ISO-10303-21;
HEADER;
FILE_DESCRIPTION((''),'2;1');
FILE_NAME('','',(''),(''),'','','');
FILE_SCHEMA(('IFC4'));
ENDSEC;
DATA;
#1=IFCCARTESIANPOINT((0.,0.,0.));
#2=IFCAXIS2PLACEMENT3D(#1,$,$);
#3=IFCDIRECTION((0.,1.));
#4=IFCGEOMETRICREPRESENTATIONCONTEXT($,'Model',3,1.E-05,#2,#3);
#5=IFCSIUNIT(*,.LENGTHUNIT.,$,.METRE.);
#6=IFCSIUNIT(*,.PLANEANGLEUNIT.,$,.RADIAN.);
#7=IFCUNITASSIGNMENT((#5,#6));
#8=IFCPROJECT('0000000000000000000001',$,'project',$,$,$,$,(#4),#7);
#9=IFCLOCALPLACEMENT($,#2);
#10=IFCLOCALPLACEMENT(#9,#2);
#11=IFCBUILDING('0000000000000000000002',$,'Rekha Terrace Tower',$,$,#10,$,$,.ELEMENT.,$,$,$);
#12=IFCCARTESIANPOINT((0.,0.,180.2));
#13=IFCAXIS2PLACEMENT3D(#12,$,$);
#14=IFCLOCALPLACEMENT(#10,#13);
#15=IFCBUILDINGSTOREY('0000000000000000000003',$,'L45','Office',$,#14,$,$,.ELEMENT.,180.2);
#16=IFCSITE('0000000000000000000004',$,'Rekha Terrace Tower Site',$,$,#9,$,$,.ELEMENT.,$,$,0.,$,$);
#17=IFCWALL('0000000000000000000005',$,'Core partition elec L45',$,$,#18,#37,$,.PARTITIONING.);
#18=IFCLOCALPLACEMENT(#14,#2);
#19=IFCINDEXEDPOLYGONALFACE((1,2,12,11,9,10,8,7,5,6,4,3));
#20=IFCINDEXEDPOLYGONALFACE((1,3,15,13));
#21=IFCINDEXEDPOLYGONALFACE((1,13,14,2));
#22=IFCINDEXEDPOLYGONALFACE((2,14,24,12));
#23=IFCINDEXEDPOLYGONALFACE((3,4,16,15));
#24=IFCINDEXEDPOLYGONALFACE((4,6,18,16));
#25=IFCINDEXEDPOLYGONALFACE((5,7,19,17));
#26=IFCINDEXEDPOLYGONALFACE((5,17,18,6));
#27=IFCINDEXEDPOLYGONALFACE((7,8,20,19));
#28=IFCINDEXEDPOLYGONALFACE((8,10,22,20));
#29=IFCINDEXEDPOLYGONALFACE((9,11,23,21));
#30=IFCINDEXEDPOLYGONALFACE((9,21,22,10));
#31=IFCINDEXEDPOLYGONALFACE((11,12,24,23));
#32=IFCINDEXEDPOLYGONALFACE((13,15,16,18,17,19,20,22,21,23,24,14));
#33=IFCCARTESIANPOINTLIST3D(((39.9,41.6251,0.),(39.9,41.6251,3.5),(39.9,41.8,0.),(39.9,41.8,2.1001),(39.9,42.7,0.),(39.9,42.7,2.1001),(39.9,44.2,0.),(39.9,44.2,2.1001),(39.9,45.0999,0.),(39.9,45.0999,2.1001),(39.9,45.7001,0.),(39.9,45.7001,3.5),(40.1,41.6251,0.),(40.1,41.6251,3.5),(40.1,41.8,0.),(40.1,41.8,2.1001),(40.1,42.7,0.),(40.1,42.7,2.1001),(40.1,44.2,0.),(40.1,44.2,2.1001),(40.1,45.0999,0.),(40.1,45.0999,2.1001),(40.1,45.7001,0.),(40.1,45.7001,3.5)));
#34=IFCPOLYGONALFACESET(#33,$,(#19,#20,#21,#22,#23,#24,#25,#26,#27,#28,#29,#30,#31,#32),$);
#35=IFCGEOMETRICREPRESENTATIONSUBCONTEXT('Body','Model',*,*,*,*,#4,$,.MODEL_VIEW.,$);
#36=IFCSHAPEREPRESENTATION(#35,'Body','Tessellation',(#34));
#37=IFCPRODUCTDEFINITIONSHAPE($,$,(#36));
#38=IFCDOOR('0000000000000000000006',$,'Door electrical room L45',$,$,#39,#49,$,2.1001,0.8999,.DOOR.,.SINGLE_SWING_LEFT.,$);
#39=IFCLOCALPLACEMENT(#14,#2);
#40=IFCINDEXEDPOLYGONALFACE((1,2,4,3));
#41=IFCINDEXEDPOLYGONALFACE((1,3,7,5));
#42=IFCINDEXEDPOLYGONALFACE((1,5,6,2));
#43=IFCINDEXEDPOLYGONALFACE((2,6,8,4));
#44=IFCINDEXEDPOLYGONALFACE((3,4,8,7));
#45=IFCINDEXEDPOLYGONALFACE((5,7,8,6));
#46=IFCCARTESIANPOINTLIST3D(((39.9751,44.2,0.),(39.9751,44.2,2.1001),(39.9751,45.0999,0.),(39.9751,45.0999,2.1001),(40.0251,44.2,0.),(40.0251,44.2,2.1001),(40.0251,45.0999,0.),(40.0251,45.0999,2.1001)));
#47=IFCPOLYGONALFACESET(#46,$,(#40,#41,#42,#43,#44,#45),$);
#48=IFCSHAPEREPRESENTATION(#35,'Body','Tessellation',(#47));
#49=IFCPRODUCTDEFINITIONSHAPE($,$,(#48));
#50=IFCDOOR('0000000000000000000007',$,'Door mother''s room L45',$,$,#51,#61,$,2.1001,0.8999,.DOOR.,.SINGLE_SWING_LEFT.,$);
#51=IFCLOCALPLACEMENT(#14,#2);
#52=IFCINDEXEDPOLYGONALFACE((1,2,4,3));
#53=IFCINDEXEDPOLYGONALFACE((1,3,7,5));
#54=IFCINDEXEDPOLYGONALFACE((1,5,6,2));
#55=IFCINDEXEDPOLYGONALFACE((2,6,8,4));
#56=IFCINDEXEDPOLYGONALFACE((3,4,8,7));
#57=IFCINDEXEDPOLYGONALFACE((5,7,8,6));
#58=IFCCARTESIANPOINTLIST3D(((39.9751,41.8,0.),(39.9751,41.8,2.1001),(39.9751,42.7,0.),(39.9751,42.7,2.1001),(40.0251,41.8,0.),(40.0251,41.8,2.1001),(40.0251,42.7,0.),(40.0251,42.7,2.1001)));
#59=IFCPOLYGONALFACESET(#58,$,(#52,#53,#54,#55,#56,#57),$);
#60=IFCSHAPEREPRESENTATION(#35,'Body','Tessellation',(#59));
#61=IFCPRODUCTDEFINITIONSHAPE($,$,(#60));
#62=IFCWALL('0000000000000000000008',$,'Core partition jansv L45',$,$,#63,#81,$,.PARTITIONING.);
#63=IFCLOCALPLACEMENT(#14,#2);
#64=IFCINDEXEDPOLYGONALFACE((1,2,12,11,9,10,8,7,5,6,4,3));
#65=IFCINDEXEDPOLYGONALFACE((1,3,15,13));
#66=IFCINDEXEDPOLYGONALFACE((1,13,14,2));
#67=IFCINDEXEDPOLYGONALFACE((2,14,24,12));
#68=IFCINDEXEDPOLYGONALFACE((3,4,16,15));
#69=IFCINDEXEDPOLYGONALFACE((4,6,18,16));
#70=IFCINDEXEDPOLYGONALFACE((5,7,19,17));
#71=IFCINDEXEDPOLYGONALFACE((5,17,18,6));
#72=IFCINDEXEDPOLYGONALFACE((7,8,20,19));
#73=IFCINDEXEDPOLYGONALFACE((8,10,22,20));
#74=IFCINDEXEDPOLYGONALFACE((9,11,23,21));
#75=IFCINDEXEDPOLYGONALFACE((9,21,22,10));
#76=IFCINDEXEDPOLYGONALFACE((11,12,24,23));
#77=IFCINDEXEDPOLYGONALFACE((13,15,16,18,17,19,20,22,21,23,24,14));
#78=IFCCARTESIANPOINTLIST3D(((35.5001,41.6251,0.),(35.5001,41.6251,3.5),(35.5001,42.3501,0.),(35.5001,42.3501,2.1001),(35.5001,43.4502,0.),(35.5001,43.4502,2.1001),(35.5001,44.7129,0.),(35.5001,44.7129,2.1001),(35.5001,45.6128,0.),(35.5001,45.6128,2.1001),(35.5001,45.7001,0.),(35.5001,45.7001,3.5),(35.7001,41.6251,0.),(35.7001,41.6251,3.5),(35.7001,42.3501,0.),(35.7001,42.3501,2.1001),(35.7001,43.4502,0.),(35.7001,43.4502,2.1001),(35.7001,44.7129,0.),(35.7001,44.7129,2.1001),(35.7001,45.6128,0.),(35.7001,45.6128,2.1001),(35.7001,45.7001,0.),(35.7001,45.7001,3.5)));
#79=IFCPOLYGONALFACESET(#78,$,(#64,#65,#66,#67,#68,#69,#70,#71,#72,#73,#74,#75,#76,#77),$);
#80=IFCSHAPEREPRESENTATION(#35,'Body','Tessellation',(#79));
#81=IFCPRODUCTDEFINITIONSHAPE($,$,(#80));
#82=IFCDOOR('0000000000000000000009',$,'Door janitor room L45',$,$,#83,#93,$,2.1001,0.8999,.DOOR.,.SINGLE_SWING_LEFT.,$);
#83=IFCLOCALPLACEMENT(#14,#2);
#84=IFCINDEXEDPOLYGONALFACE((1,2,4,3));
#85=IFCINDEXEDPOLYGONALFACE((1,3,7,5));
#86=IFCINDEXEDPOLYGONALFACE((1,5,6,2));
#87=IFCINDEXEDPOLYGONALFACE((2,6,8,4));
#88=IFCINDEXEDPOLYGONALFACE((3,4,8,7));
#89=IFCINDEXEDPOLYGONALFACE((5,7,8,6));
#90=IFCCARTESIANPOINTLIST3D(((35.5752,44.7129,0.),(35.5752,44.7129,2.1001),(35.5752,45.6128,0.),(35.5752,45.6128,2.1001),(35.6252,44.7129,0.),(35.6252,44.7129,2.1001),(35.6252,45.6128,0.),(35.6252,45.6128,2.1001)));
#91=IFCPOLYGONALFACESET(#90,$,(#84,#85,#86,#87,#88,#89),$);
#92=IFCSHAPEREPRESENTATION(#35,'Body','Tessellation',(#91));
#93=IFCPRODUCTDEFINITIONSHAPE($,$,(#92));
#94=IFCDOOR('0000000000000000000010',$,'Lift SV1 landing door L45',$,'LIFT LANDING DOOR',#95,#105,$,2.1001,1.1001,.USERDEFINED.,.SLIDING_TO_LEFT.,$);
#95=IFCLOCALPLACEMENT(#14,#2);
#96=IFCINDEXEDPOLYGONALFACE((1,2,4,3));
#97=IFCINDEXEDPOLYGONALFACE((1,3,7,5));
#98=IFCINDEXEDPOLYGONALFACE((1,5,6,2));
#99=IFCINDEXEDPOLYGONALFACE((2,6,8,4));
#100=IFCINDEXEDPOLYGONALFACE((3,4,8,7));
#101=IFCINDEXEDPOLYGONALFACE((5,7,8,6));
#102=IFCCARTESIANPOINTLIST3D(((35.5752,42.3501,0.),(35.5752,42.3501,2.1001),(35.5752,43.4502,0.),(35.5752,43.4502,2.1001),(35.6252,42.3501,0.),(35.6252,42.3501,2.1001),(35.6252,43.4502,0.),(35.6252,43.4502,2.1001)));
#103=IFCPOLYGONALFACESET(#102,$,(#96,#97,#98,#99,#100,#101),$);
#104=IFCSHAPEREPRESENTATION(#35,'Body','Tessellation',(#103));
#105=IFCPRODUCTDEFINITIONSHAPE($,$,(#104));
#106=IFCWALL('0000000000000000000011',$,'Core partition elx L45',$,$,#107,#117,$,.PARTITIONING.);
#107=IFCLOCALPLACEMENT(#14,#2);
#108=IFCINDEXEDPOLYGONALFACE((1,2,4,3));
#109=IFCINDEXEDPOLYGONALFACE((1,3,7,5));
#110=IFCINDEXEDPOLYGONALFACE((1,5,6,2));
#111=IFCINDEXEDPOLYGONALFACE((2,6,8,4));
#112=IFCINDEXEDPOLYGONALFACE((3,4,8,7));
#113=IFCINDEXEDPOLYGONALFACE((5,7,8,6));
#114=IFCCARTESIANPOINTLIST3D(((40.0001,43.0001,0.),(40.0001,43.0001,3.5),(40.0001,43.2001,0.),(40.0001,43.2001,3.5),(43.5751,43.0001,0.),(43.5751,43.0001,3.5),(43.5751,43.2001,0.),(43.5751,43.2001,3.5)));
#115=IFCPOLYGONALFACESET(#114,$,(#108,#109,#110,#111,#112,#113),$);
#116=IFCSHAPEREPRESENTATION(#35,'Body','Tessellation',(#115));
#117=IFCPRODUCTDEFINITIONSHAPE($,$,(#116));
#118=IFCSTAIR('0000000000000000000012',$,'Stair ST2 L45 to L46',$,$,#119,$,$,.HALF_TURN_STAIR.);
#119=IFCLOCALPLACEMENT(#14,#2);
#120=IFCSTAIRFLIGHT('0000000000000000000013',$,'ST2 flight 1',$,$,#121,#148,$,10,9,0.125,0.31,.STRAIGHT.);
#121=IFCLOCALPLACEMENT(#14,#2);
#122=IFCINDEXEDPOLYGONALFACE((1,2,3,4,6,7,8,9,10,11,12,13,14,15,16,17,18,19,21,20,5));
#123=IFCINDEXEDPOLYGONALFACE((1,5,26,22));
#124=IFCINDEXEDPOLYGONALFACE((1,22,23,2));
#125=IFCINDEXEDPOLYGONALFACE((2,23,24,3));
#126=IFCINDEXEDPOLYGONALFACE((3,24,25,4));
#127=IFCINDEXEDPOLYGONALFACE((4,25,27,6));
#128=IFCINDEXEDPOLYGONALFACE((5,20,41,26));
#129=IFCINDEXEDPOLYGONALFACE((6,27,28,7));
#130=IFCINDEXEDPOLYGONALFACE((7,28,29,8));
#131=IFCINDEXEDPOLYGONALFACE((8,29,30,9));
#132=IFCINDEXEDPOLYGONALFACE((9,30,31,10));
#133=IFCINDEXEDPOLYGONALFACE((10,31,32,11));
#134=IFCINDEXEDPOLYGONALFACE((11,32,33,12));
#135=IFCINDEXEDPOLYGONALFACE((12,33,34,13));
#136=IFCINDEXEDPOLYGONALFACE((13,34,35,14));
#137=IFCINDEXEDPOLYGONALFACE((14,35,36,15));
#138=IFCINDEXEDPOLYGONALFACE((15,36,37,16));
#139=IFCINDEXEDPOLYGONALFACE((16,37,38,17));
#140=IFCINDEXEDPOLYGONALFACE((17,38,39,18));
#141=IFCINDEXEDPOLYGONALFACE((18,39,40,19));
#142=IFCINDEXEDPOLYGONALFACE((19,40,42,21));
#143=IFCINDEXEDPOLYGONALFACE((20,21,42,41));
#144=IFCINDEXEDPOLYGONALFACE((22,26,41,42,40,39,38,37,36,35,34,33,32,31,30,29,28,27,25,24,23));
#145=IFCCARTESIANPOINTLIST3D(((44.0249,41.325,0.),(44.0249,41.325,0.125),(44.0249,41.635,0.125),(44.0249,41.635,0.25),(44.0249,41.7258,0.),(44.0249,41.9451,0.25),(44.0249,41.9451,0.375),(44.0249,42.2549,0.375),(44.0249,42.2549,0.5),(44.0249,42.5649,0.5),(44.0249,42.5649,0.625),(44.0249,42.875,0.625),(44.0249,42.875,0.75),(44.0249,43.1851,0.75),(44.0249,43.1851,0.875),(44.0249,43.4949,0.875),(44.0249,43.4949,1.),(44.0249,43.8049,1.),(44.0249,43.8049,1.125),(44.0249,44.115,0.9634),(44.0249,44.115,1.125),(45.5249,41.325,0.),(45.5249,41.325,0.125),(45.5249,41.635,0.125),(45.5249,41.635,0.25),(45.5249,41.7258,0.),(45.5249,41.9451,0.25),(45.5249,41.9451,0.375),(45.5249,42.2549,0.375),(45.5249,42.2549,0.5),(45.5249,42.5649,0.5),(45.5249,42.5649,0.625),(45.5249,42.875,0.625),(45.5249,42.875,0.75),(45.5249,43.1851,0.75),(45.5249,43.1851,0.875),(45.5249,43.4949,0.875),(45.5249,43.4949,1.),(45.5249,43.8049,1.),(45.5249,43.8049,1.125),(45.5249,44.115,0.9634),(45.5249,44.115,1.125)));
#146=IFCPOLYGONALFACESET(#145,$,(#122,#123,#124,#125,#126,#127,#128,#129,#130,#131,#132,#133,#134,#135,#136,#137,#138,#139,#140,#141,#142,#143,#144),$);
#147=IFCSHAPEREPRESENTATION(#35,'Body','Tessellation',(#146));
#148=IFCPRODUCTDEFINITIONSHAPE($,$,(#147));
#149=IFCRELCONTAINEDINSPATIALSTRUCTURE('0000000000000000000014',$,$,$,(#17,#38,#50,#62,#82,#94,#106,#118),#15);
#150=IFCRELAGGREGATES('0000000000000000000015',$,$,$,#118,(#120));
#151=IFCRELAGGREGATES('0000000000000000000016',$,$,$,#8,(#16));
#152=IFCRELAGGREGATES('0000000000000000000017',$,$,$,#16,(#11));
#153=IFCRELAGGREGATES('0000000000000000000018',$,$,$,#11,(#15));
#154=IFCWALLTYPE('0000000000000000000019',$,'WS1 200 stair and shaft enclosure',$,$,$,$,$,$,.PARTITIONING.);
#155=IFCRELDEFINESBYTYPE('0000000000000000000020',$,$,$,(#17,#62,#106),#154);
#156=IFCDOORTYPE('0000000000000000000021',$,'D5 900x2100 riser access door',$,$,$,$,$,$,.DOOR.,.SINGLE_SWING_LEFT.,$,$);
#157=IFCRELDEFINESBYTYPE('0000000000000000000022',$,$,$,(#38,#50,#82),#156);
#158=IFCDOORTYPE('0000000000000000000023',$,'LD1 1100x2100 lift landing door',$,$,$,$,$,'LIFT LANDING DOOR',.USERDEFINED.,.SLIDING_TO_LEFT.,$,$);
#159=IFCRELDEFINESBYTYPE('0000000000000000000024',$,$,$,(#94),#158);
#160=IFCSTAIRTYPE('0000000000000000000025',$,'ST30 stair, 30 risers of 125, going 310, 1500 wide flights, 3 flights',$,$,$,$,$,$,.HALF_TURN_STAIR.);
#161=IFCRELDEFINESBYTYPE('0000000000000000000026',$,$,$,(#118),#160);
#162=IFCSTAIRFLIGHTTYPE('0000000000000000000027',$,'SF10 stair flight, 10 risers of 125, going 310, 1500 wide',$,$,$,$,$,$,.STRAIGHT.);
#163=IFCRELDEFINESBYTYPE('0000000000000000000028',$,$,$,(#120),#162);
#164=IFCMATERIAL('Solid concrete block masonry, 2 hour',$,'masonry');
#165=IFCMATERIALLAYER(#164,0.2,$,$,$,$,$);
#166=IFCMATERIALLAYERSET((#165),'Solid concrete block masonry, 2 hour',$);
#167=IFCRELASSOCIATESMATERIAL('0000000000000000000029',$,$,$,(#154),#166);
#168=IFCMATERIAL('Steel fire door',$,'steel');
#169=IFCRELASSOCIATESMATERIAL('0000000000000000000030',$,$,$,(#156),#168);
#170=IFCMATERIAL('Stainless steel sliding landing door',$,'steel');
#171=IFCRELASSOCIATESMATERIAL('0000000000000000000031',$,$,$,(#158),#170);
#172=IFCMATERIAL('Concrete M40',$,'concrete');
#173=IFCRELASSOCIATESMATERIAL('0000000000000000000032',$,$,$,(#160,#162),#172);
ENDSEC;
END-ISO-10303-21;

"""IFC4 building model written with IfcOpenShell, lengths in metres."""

from ifc_helpers import new_model, si_unit, direction, frame, frame_2d, origin, place, context, subcontext, project, spatial, polyline, rectangle, outline, extrude, material, layer, layer_set, type_object, element, fill, aggregate, save


model = new_model("IFC4")

# Units and contexts
model_context = context("Model", 3, precision=1e-05, world=origin(), true_north=direction((0.0, 1.0)))
body_context = subcontext(model_context, "Body", "Model", "MODEL_VIEW")
ifc_project = project(units=[si_unit("LENGTHUNIT", "METRE"), si_unit("PLANEANGLEUNIT", "RADIAN")], contexts=[model_context])

# Site, building, storey
site_placement = place(None, origin())
site = spatial("IfcSite", under=ifc_project, at=site_placement, Name="Rekha Terrace Tower Site", CompositionType="ELEMENT", RefElevation=0.0)
building_placement = place(site_placement, origin())
building = spatial("IfcBuilding", under=site, at=building_placement, Name="Rekha Terrace Tower", CompositionType="ELEMENT")
storey_placement = place(building_placement, frame((0.0, 0.0, 180.2)))
storey = spatial("IfcBuildingStorey", under=building, at=storey_placement, Name="L45", Description="Office", CompositionType="ELEMENT", Elevation=180.2)

# Shared definitions
ifc_material_1 = material(Name="Stainless steel sliding landing door", Category="steel")
ifc_material_2 = material(Name="Steel fire door", Category="steel")

# Shared definitions
ifc_material_3 = material(Name="Solid concrete block masonry, 2 hour", Category="masonry")
ifc_layer_1 = layer(ifc_material_3, 0.2)
ifc_layer_set_1 = layer_set([ifc_layer_1], Name="Solid concrete block masonry, 2 hour")
wall_type_1 = type_object("IfcWallType", Name="WS1 200 stair and shaft enclosure", PredefinedType="PARTITIONING", material=ifc_layer_set_1)

# Walls, openings, doors
wall_1_placement = place(storey_placement, frame((40.0, 41.625, 0.0), z_axis=(0.0, 0.0, 1.0), x_axis=(0.0, 1.0, 0.0)))
wall_1 = element("IfcWall", 1, at=wall_1_placement, inside=storey, type_object=wall_type_1, Name="Core partition elec L45", PredefinedType="PARTITIONING", context=body_context, shape_type="SweptSolid", body=[
    extrude(rectangle(XDim=4.075, YDim=0.2, at=frame_2d((2.0376, 0.0))), origin(), (0.0, 0.0, 1.0), 3.5),
])
opening_1_placement = place(wall_1_placement, frame((2.575, 0.0, 0.0)))
opening_1 = element("IfcOpeningElement", 2, at=opening_1_placement, cuts=wall_1, PredefinedType="OPENING", context=body_context, shape_type="SweptSolid", body=[
    extrude(rectangle(XDim=0.8999, YDim=2.1001, at=frame_2d((0.45, 1.05))), frame((0.0, 0.1099, 0.0), z_axis=(0.0, -1.0, 0.0), x_axis=(1.0, 0.0, 0.0)), (0.0, 0.0, 1.0), 0.22),
])
opening_2_placement = place(wall_1_placement, frame((0.175, 0.0, 0.0)))
opening_2 = element("IfcOpeningElement", 3, at=opening_2_placement, cuts=wall_1, PredefinedType="OPENING", context=body_context, shape_type="SweptSolid", body=[
    extrude(rectangle(XDim=0.8999, YDim=2.1001, at=frame_2d((0.45, 1.05))), frame((0.0, 0.1099, 0.0), z_axis=(0.0, -1.0, 0.0), x_axis=(1.0, 0.0, 0.0)), (0.0, 0.0, 1.0), 0.22),
])
door_type_1 = type_object("IfcDoorType", Name="D5 900x2100 riser access door", OperationType="SINGLE_SWING_LEFT", PredefinedType="DOOR", material=ifc_material_2)
door_1_placement = place(opening_1_placement, origin())
door_1 = element("IfcDoor", 4, at=door_1_placement, inside=storey, type_object=door_type_1, Name="Door electrical room L45", OperationType="SINGLE_SWING_LEFT", OverallHeight=2.1001, OverallWidth=0.8999, PredefinedType="DOOR", context=body_context, shape_type="SweptSolid", body=[
    extrude(rectangle(XDim=0.8999, YDim=2.1001, at=frame_2d((0.45, 1.05))), frame((0.0, 0.0249, 0.0), z_axis=(0.0, -1.0, 0.0), x_axis=(1.0, 0.0, 0.0)), (0.0, 0.0, 1.0), 0.05),
])
fill(opening_1, door_1)
door_2_placement = place(opening_2_placement, origin())
door_2 = element("IfcDoor", 5, at=door_2_placement, inside=storey, type_object=door_type_1, Name="Door mother's room L45", OperationType="SINGLE_SWING_LEFT", OverallHeight=2.1001, OverallWidth=0.8999, PredefinedType="DOOR", context=body_context, shape_type="SweptSolid", body=[
    extrude(rectangle(XDim=0.8999, YDim=2.1001, at=frame_2d((0.45, 1.05))), frame((0.0, 0.0249, 0.0), z_axis=(0.0, -1.0, 0.0), x_axis=(1.0, 0.0, 0.0)), (0.0, 0.0, 1.0), 0.05),
])
fill(opening_2, door_2)
wall_2_placement = place(storey_placement, frame((35.6001, 41.625, 0.0), z_axis=(0.0, 0.0, 1.0), x_axis=(0.0, 1.0, 0.0)))
wall_2 = element("IfcWall", 6, at=wall_2_placement, inside=storey, type_object=wall_type_1, Name="Core partition jansv L45", PredefinedType="PARTITIONING", context=body_context, shape_type="SweptSolid", body=[
    extrude(rectangle(XDim=4.075, YDim=0.2, at=frame_2d((2.0376, 0.0))), origin(), (0.0, 0.0, 1.0), 3.5),
])
opening_3_placement = place(wall_2_placement, frame((3.0879, 0.0, 0.0)))
opening_3 = element("IfcOpeningElement", 7, at=opening_3_placement, cuts=wall_2, PredefinedType="OPENING", context=body_context, shape_type="SweptSolid", body=[
    extrude(rectangle(XDim=0.8999, YDim=2.1001, at=frame_2d((0.45, 1.05))), frame((0.0, 0.1099, 0.0), z_axis=(0.0, -1.0, 0.0), x_axis=(1.0, 0.0, 0.0)), (0.0, 0.0, 1.0), 0.22),
])
opening_4_placement = place(wall_2_placement, frame((0.7251, 0.0, 0.0)))
opening_4 = element("IfcOpeningElement", 8, at=opening_4_placement, cuts=wall_2, PredefinedType="OPENING", context=body_context, shape_type="SweptSolid", body=[
    extrude(rectangle(XDim=1.1001, YDim=2.1001, at=frame_2d((0.55, 1.05))), frame((0.0, 0.1099, 0.0), z_axis=(0.0, -1.0, 0.0), x_axis=(1.0, 0.0, 0.0)), (0.0, 0.0, 1.0), 0.22),
])
door_3_placement = place(opening_3_placement, origin())
door_3 = element("IfcDoor", 9, at=door_3_placement, inside=storey, type_object=door_type_1, Name="Door janitor room L45", OperationType="SINGLE_SWING_LEFT", OverallHeight=2.1001, OverallWidth=0.8999, PredefinedType="DOOR", context=body_context, shape_type="SweptSolid", body=[
    extrude(rectangle(XDim=0.8999, YDim=2.1001, at=frame_2d((0.45, 1.05))), frame((0.0, 0.0249, 0.0), z_axis=(0.0, -1.0, 0.0), x_axis=(1.0, 0.0, 0.0)), (0.0, 0.0, 1.0), 0.05),
])
fill(opening_3, door_3)
door_type_2 = type_object("IfcDoorType", Name="LD1 1100x2100 lift landing door", ElementType="LIFT LANDING DOOR", OperationType="SLIDING_TO_LEFT", PredefinedType="USERDEFINED", material=ifc_material_1)
door_4_placement = place(opening_4_placement, origin())
door_4 = element("IfcDoor", 10, at=door_4_placement, inside=storey, type_object=door_type_2, Name="Lift SV1 landing door L45", ObjectType="LIFT LANDING DOOR", OperationType="SLIDING_TO_LEFT", OverallHeight=2.1001, OverallWidth=1.1001, PredefinedType="USERDEFINED", context=body_context, shape_type="SweptSolid", body=[
    extrude(rectangle(XDim=1.1001, YDim=2.1001, at=frame_2d((0.55, 1.05))), frame((0.0, 0.0249, 0.0), z_axis=(0.0, -1.0, 0.0), x_axis=(1.0, 0.0, 0.0)), (0.0, 0.0, 1.0), 0.05),
])
fill(opening_4, door_4)

# Wall
wall_3_placement = place(storey_placement, frame((40.0, 43.1001, 0.0), z_axis=(0.0, 0.0, 1.0), x_axis=(1.0, 0.0, 0.0)))
element("IfcWall", 11, at=wall_3_placement, inside=storey, type_object=wall_type_1, Name="Core partition elx L45", PredefinedType="PARTITIONING", context=body_context, shape_type="SweptSolid", body=[
    extrude(rectangle(XDim=3.575, YDim=0.2, at=frame_2d((1.7876, 0.0))), origin(), (0.0, 0.0, 1.0), 3.5),
])

# Stair, stair flight
ifc_material_4 = material(Name="Concrete M40", Category="concrete")
stair_type = type_object("IfcStairType", Name="ST30 stair, 30 risers of 125, going 310, 1500 wide flights, 3 flights", PredefinedType="HALF_TURN_STAIR", material=ifc_material_4)
stair_1_placement = place(storey_placement, origin())
stair_1 = element("IfcStair", 12, at=stair_1_placement, inside=storey, type_object=stair_type, Name="Stair ST2 L45 to L46", PredefinedType="HALF_TURN_STAIR")
stair_flight_type = type_object("IfcStairFlightType", Name="SF10 stair flight, 10 risers of 125, going 310, 1500 wide", PredefinedType="STRAIGHT", material=ifc_material_4)
stair_flight_1_placement = place(storey_placement, frame((44.7749, 41.325, 0.0), z_axis=(0.0, 0.0, 1.0), x_axis=(0.0, 1.0, 0.0)))
stair_flight_1 = element("IfcStairFlight", 13, at=stair_flight_1_placement, type_object=stair_flight_type, Name="ST2 flight 1", NumberOfRisers=10, NumberOfTreads=9, PredefinedType="STRAIGHT", RiserHeight=0.125, TreadLength=0.31, context=body_context, shape_type="SweptSolid", body=[
    extrude(outline(polyline([(0.0, 0.0), (0.0, 0.125), (0.3101, 0.125), (0.3101, 0.25), (0.6201, 0.25), (0.6201, 0.375), (0.9299, 0.375), (0.9299, 0.5), (1.24, 0.5), (1.24, 0.625), (1.55, 0.625), (1.55, 0.75), (1.8601, 0.75), (1.8601, 0.875), (2.1699, 0.875), (2.1699, 1.0), (2.48, 1.0), (2.48, 1.125), (2.79, 1.125), (2.79, 1.25), (2.79, 0.9634), (0.4009, 0.0), (0.0, 0.0)])), frame((0.0, 0.75, 0.0), z_axis=(0.0, -1.0, 0.0), x_axis=(1.0, 0.0, 0.0)), (0.0, 0.0, 1.0), 1.5),
])
aggregate(stair_1, [stair_flight_1])

save(model, "model.ifc")
